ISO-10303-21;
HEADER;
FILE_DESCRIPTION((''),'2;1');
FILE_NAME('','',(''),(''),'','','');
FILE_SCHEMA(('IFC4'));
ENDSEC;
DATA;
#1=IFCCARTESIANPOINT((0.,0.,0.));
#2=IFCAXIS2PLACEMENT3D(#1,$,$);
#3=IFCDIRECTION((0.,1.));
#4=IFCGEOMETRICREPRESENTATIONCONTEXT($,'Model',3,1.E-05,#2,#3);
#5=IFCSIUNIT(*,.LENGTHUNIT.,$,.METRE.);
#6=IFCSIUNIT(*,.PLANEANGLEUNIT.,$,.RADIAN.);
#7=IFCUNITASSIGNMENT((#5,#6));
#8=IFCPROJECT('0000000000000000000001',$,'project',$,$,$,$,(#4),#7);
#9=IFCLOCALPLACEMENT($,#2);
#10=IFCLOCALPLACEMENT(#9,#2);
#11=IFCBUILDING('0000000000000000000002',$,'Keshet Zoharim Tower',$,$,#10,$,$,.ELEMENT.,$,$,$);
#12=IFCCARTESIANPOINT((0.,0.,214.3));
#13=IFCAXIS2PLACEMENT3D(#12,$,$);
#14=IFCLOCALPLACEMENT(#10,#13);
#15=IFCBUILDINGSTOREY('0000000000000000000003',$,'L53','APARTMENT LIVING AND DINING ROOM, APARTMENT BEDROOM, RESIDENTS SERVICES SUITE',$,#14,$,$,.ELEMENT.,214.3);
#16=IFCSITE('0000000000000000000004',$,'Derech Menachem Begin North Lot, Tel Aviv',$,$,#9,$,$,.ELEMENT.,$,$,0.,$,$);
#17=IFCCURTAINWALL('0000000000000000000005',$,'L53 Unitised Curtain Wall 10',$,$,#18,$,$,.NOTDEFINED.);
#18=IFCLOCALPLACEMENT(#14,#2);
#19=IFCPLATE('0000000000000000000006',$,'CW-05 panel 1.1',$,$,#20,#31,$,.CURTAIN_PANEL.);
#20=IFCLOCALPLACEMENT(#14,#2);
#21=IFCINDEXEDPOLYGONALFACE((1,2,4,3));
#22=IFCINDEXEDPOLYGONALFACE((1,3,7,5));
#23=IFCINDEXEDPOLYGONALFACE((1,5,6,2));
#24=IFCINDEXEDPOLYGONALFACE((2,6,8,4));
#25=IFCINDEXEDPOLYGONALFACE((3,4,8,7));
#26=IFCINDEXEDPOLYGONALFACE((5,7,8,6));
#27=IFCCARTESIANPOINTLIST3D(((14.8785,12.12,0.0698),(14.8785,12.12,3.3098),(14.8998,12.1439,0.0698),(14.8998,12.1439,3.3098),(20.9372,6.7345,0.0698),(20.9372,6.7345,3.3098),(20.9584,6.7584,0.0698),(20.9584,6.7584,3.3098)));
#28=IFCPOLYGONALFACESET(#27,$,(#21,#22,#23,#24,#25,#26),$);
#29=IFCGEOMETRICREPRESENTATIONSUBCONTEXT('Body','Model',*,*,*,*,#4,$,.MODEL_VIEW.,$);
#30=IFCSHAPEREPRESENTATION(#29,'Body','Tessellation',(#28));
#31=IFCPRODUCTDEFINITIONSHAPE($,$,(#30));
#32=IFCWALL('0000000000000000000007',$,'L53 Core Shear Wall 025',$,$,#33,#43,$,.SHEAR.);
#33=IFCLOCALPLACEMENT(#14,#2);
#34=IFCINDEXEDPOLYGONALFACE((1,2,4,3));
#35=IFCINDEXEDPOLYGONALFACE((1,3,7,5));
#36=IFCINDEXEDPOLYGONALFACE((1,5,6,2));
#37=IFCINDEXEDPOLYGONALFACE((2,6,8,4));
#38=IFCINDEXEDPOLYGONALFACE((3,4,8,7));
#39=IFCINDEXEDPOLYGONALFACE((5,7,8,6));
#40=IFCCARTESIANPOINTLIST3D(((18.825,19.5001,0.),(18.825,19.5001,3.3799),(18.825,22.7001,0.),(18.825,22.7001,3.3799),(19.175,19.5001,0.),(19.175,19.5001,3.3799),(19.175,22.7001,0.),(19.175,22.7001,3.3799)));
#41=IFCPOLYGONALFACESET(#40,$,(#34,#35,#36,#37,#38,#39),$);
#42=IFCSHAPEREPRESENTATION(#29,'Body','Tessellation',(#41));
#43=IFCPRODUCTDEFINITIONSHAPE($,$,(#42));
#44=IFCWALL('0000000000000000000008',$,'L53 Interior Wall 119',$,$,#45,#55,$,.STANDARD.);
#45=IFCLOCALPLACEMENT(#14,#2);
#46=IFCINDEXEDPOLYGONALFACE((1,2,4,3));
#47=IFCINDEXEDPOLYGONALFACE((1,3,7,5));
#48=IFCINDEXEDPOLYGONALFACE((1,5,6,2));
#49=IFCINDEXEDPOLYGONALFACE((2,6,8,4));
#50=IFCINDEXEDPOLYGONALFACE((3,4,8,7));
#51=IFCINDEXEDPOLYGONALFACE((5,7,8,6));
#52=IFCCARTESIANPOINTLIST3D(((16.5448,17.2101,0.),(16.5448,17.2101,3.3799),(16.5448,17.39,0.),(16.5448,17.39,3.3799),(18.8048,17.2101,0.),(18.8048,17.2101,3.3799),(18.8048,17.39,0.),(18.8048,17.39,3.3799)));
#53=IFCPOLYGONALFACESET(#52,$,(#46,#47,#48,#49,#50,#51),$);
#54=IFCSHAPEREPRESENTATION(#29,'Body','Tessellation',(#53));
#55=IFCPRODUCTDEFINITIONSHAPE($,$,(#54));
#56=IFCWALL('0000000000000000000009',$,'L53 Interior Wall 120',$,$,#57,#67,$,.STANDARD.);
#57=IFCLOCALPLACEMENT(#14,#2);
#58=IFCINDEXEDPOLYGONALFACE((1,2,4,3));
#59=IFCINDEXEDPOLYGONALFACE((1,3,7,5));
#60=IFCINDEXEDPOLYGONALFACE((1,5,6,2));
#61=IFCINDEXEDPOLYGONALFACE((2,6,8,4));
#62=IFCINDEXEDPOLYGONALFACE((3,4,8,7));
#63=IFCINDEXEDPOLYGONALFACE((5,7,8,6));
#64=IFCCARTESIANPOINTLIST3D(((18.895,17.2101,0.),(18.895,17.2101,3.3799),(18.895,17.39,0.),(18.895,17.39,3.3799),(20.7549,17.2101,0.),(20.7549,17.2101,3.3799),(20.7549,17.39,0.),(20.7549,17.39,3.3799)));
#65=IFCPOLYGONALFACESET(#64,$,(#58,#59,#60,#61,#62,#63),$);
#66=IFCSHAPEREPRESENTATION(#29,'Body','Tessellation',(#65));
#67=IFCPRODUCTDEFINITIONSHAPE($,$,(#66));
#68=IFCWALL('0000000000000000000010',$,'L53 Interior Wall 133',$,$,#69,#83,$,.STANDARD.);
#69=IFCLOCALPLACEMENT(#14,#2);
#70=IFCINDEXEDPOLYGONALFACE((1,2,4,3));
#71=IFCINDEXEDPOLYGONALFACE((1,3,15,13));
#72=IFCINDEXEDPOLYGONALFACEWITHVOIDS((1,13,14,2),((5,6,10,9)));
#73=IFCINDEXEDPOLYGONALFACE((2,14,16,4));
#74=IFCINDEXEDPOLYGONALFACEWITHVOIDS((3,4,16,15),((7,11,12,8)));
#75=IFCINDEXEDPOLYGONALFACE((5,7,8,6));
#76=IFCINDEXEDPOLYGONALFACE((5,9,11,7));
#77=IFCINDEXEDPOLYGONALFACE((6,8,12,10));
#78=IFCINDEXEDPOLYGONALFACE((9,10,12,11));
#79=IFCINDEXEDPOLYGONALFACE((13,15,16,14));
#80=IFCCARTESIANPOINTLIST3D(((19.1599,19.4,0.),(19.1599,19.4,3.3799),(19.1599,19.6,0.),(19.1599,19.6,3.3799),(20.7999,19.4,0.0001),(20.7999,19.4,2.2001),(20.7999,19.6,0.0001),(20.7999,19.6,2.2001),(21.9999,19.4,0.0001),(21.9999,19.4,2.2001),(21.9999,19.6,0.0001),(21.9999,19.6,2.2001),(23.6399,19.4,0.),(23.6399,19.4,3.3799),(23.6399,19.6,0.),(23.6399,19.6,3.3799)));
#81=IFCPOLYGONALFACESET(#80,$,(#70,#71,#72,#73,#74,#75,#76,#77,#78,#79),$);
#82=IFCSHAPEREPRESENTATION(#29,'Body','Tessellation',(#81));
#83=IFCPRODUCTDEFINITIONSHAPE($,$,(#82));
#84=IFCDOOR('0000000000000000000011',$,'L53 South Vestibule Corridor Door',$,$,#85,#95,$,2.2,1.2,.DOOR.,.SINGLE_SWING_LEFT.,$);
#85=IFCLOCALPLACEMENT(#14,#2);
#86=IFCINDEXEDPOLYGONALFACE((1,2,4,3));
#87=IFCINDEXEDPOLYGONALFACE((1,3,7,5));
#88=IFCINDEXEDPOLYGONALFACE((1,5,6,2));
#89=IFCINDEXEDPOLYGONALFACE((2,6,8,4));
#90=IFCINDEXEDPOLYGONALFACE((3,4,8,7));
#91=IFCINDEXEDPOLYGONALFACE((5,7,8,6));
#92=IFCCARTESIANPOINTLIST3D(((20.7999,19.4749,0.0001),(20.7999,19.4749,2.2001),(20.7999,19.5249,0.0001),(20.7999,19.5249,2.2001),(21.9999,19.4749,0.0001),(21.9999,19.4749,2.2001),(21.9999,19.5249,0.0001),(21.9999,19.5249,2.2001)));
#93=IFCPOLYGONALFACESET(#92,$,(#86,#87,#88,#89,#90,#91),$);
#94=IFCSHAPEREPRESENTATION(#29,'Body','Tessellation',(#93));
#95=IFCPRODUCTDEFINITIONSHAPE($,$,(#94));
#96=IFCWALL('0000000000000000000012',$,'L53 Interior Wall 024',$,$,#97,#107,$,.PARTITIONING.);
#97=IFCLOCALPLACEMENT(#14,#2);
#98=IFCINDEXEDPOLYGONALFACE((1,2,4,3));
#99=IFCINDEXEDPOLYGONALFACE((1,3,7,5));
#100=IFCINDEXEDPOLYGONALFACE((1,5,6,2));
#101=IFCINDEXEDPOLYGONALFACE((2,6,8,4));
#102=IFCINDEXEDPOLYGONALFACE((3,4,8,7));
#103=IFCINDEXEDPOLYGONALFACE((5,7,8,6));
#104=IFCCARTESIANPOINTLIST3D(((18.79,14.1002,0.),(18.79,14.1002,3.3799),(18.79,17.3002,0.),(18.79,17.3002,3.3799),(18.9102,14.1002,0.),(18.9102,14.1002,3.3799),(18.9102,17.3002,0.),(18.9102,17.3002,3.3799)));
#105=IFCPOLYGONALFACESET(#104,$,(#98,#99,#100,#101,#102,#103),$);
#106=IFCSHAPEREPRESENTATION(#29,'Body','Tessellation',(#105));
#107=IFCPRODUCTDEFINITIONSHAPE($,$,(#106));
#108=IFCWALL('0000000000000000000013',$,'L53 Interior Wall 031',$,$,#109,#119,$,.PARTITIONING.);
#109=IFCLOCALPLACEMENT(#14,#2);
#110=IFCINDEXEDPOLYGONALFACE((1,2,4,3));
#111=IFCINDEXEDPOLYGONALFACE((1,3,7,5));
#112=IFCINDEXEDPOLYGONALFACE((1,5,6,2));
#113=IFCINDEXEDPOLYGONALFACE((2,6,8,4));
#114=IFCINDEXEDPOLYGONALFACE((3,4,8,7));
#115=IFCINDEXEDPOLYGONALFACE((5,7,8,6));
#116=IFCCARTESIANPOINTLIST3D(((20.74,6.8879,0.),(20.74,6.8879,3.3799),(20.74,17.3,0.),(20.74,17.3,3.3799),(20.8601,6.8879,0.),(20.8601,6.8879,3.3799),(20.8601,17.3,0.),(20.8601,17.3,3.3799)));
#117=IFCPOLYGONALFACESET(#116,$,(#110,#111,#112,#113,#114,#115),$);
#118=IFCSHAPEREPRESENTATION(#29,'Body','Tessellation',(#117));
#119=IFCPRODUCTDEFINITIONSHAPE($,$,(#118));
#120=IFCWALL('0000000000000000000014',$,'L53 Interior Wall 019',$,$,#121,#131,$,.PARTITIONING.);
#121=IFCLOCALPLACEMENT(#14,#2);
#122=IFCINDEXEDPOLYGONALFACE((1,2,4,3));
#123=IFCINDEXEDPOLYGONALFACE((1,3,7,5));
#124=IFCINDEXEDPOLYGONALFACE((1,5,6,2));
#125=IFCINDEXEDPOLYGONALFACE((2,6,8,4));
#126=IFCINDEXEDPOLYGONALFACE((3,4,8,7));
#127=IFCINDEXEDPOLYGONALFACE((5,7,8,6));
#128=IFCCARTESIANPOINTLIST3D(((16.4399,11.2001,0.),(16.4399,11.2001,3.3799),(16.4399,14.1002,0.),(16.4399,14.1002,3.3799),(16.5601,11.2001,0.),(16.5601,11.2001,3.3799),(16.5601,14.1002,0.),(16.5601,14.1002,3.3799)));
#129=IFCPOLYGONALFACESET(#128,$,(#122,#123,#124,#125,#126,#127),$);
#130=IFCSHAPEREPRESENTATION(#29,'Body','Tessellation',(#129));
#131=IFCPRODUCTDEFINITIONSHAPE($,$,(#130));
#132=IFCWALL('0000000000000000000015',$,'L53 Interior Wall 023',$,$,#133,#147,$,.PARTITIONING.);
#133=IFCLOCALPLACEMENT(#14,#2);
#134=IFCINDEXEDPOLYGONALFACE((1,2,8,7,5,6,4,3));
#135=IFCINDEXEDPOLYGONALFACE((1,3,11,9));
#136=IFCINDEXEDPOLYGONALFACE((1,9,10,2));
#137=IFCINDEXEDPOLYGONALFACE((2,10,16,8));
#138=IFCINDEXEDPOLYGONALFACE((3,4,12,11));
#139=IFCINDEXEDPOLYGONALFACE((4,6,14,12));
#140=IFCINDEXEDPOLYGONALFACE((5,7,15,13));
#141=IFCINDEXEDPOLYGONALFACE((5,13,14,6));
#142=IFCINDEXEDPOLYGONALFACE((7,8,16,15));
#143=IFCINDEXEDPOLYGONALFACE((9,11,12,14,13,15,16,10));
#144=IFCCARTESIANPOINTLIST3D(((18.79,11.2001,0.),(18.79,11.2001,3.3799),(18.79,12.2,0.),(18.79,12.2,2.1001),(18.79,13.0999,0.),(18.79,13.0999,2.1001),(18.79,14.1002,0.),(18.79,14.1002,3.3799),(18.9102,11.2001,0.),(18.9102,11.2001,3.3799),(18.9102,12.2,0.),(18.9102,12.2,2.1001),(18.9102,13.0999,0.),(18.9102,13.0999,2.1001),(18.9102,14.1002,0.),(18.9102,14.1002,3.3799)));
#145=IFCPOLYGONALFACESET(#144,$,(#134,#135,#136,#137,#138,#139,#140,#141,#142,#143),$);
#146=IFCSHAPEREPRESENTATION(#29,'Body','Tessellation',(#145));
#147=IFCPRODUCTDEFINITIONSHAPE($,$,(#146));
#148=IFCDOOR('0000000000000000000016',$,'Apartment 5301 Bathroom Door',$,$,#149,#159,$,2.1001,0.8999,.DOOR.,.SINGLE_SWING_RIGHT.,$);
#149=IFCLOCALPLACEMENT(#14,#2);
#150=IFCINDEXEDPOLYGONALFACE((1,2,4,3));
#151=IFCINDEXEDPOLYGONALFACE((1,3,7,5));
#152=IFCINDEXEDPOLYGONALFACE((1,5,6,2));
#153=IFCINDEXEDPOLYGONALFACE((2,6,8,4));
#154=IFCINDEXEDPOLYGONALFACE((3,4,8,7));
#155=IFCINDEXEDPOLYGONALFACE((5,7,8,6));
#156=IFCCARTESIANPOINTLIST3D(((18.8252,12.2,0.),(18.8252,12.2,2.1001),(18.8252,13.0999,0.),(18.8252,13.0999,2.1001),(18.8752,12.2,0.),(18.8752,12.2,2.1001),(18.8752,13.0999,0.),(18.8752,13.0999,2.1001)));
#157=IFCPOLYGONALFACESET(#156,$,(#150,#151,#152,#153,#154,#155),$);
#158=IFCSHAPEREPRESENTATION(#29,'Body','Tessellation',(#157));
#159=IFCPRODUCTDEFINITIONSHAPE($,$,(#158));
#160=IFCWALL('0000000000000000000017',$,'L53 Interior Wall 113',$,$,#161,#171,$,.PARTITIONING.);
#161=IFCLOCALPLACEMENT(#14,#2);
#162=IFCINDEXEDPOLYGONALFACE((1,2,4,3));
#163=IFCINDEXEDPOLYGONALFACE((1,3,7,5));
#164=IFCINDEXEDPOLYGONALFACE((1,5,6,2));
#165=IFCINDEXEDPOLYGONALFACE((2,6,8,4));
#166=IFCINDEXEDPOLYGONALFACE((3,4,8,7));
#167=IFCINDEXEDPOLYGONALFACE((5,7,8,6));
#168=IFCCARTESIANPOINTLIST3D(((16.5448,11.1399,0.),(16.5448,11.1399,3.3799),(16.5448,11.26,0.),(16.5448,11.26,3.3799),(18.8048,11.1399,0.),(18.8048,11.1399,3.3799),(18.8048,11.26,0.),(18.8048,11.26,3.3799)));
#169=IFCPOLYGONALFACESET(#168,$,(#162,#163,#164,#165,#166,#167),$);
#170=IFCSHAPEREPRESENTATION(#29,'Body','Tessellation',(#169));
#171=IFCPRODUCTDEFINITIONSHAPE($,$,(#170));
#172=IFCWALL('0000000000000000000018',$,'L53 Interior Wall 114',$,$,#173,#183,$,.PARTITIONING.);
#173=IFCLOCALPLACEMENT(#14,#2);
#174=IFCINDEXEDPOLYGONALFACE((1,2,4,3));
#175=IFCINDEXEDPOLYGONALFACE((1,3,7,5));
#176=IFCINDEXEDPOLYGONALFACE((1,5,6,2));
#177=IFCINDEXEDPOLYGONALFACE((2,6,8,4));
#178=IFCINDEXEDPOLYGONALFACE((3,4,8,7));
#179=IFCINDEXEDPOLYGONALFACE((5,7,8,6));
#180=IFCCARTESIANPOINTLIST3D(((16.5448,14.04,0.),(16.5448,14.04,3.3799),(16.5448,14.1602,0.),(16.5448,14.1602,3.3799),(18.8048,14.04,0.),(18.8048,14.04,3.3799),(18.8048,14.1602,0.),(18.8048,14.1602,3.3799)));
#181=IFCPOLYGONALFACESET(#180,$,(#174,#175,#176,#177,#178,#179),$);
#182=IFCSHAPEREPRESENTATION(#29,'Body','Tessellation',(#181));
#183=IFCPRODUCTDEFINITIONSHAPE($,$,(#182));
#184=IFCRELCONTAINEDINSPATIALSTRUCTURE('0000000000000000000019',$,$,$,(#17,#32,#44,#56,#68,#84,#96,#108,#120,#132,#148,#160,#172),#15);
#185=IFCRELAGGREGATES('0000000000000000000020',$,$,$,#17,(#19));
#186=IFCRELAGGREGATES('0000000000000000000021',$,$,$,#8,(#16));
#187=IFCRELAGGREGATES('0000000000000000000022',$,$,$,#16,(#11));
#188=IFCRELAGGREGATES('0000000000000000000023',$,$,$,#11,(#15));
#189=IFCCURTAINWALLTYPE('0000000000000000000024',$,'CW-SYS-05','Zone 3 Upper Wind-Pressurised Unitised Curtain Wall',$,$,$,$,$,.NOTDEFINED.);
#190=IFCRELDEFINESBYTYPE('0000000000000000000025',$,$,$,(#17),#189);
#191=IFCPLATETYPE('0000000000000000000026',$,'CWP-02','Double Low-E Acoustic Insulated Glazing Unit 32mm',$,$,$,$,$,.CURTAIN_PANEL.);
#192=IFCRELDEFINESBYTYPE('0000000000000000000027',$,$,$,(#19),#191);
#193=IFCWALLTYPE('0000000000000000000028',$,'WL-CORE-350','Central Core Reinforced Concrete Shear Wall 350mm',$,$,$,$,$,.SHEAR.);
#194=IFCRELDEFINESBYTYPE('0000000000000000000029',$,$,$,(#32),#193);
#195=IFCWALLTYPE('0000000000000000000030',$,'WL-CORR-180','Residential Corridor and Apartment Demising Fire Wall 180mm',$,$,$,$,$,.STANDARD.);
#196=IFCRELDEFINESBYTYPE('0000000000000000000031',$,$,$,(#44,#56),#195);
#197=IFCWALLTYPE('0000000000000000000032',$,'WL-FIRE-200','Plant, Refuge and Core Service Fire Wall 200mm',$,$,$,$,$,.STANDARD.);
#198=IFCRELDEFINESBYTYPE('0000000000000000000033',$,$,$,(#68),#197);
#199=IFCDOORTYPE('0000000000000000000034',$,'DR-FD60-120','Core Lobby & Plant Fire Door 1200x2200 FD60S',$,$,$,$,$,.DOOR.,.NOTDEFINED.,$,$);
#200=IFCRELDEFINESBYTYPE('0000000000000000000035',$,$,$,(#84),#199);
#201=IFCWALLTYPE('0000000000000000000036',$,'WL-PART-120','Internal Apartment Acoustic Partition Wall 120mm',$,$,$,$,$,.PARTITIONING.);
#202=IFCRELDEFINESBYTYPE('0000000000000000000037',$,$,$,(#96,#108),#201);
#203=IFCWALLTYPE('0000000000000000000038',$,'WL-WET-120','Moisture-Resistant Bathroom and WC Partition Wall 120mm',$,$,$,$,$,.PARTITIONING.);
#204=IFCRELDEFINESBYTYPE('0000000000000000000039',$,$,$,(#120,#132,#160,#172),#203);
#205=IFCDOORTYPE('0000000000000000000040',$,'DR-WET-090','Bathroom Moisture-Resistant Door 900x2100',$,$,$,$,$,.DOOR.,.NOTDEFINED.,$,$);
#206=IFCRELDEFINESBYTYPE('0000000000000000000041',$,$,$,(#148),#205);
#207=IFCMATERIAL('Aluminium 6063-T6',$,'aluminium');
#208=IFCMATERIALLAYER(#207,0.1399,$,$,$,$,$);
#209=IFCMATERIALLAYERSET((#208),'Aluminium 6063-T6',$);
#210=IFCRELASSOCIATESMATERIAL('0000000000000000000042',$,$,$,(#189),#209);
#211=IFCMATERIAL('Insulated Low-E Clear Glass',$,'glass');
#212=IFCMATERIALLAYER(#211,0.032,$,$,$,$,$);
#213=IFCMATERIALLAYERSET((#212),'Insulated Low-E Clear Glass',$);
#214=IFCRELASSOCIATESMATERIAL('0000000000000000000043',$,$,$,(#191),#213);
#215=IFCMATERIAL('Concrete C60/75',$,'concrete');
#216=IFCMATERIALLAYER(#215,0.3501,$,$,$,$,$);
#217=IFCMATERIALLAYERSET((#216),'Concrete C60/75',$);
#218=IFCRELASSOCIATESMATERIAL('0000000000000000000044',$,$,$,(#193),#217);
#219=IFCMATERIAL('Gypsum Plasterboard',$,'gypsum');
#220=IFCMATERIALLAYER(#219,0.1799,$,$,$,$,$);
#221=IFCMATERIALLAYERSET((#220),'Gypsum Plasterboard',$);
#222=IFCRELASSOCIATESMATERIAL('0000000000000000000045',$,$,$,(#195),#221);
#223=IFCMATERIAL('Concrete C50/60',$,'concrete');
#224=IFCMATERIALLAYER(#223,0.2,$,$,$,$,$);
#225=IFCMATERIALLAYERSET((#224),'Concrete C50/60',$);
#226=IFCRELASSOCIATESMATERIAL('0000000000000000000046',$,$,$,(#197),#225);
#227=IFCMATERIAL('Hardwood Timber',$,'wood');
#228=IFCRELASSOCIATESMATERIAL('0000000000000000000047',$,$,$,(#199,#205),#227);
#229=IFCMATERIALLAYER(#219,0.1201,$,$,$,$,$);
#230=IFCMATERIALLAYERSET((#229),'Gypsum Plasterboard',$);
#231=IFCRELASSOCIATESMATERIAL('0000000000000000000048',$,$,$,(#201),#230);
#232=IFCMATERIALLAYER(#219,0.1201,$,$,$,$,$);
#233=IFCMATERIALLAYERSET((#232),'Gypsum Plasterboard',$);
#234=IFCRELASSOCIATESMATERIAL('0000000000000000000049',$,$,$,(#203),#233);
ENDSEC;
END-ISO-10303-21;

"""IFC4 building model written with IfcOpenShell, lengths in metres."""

from ifc_helpers import new_model, si_unit, direction, frame, frame_2d, origin, origin_2d, place, context, subcontext, project, spatial, rectangle, extrude, material, layer, layer_set, type_object, element, fill, aggregate, save


model = new_model("IFC4")

# Units and contexts
model_context = context("Model", 3, precision=1e-05, world=origin(), true_north=direction((0.0, 1.0)))
body_context = subcontext(model_context, "Body", "Model", "MODEL_VIEW")
ifc_project = project(units=[si_unit("LENGTHUNIT", "METRE"), si_unit("PLANEANGLEUNIT", "RADIAN")], contexts=[model_context])

# Site, building, storey
site_placement = place(None, origin())
site = spatial("IfcSite", under=ifc_project, at=site_placement, Name="Derech Menachem Begin North Lot, Tel Aviv", CompositionType="ELEMENT", RefElevation=0.0)
building_placement = place(site_placement, origin())
building = spatial("IfcBuilding", under=site, at=building_placement, Name="Keshet Zoharim Tower", CompositionType="ELEMENT")
storey_placement = place(building_placement, frame((0.0, 0.0, 214.3)))
storey = spatial("IfcBuildingStorey", under=building, at=storey_placement, Name="L53", Description="APARTMENT LIVING AND DINING ROOM, APARTMENT BEDROOM, RESIDENTS SERVICES SUITE", CompositionType="ELEMENT", Elevation=214.3)

# Curtain wall, plate
ifc_material_1 = material(Name="Aluminium 6063-T6", Category="aluminium")
ifc_layer_1 = layer(ifc_material_1, 0.1399)
ifc_layer_set_1 = layer_set([ifc_layer_1], Name="Aluminium 6063-T6")
curtain_wall_type = type_object("IfcCurtainWallType", Name="CW-SYS-05", Description="Zone 3 Upper Wind-Pressurised Unitised Curtain Wall", PredefinedType="NOTDEFINED", material=ifc_layer_set_1)
curtain_wall_placement = place(storey_placement, origin())
curtain_wall = element("IfcCurtainWall", 1, at=curtain_wall_placement, inside=storey, type_object=curtain_wall_type, Name="L53 Unitised Curtain Wall 10", PredefinedType="NOTDEFINED")
ifc_material_2 = material(Name="Insulated Low-E Clear Glass", Category="glass")
ifc_layer_2 = layer(ifc_material_2, 0.032)
ifc_layer_set_2 = layer_set([ifc_layer_2], Name="Insulated Low-E Clear Glass")
plate_type = type_object("IfcPlateType", Name="CWP-02", Description="Double Low-E Acoustic Insulated Glazing Unit 32mm", PredefinedType="CURTAIN_PANEL", material=ifc_layer_set_2)
plate_placement = place(storey_placement, frame((17.9185, 9.4392, 0.0698), z_axis=(0.0, 0.0, 1.0), x_axis=(-0.747409, 0.664364, 0.0)))
plate = element("IfcPlate", 2, at=plate_placement, type_object=plate_type, Name="CW-05 panel 1.1", PredefinedType="CURTAIN_PANEL", context=body_context, shape_type="SweptSolid", body=[
    extrude(rectangle(XDim=8.1062, YDim=0.032, at=origin_2d()), origin(), (0.0, 0.0, 1.0), 3.24),
])
aggregate(curtain_wall, [plate])

# Shared definitions
ifc_material_3 = material(Name="Gypsum Plasterboard", Category="gypsum")
ifc_material_4 = material(Name="Hardwood Timber", Category="wood")

# Walls
ifc_material_5 = material(Name="Concrete C60/75", Category="concrete")
ifc_layer_3 = layer(ifc_material_5, 0.3501)
ifc_layer_set_3 = layer_set([ifc_layer_3], Name="Concrete C60/75")
wall_type_1 = type_object("IfcWallType", Name="WL-CORE-350", Description="Central Core Reinforced Concrete Shear Wall 350mm", PredefinedType="SHEAR", material=ifc_layer_set_3)
wall_1_placement = place(storey_placement, frame((19.0, 19.5, 0.0), z_axis=(0.0, 0.0, 1.0), x_axis=(0.0, 1.0, 0.0)))
element("IfcWall", 3, at=wall_1_placement, inside=storey, type_object=wall_type_1, Name="L53 Core Shear Wall 025", PredefinedType="SHEAR", context=body_context, shape_type="SweptSolid", body=[
    extrude(rectangle(XDim=3.2, YDim=0.3501, at=frame_2d((1.6001, 0.0))), origin(), (0.0, 0.0, 1.0), 3.3799),
])
ifc_layer_4 = layer(ifc_material_3, 0.1799)
ifc_layer_set_4 = layer_set([ifc_layer_4], Name="Gypsum Plasterboard")
wall_type_2 = type_object("IfcWallType", Name="WL-CORR-180", Description="Residential Corridor and Apartment Demising Fire Wall 180mm", PredefinedType="STANDARD", material=ifc_layer_set_4)
wall_2_placement = place(storey_placement, frame((16.5449, 17.3, 0.0), z_axis=(0.0, 0.0, 1.0), x_axis=(1.0, 0.0, 0.0)))
element("IfcWall", 4, at=wall_2_placement, inside=storey, type_object=wall_type_2, Name="L53 Interior Wall 119", PredefinedType="STANDARD", context=body_context, shape_type="SweptSolid", body=[
    extrude(rectangle(XDim=2.26, YDim=0.1799, at=frame_2d((1.1299, 0.0))), origin(), (0.0, 0.0, 1.0), 3.3799),
])
wall_3_placement = place(storey_placement, frame((18.895, 17.3, 0.0), z_axis=(0.0, 0.0, 1.0), x_axis=(1.0, 0.0, 0.0)))
element("IfcWall", 5, at=wall_3_placement, inside=storey, type_object=wall_type_2, Name="L53 Interior Wall 120", PredefinedType="STANDARD", context=body_context, shape_type="SweptSolid", body=[
    extrude(rectangle(XDim=1.8599, YDim=0.1799, at=frame_2d((0.9299, 0.0))), origin(), (0.0, 0.0, 1.0), 3.3799),
])

# Wall, opening, door
ifc_material_6 = material(Name="Concrete C50/60", Category="concrete")
ifc_layer_5 = layer(ifc_material_6, 0.2)
ifc_layer_set_5 = layer_set([ifc_layer_5], Name="Concrete C50/60")
wall_type_3 = type_object("IfcWallType", Name="WL-FIRE-200", Description="Plant, Refuge and Core Service Fire Wall 200mm", PredefinedType="STANDARD", material=ifc_layer_set_5)
wall_4_placement = place(storey_placement, frame((19.1599, 19.5, 0.0), z_axis=(0.0, 0.0, 1.0), x_axis=(1.0, 0.0, 0.0)))
wall_4 = element("IfcWall", 6, at=wall_4_placement, inside=storey, type_object=wall_type_3, Name="L53 Interior Wall 133", PredefinedType="STANDARD", context=body_context, shape_type="SweptSolid", body=[
    extrude(rectangle(XDim=4.48, YDim=0.2, at=frame_2d((2.24, 0.0))), origin(), (0.0, 0.0, 1.0), 3.3799),
])
opening_1_placement = place(wall_4_placement, frame((1.6399, 0.0, 0.0)))
opening_1 = element("IfcOpeningElement", 7, at=opening_1_placement, cuts=wall_4, PredefinedType="OPENING", context=body_context, shape_type="SweptSolid", body=[
    extrude(rectangle(XDim=1.2, YDim=2.2, at=frame_2d((0.6001, 1.1001))), frame((0.0, 0.1099, 0.0), z_axis=(0.0, -1.0, 0.0), x_axis=(1.0, 0.0, 0.0)), (0.0, 0.0, 1.0), 0.22),
])
door_type_1 = type_object("IfcDoorType", Name="DR-FD60-120", Description="Core Lobby & Plant Fire Door 1200x2200 FD60S", OperationType="NOTDEFINED", PredefinedType="DOOR", material=ifc_material_4)
door_1_placement = place(opening_1_placement, origin())
door_1 = element("IfcDoor", 8, at=door_1_placement, inside=storey, type_object=door_type_1, Name="L53 South Vestibule Corridor Door", OperationType="SINGLE_SWING_LEFT", OverallHeight=2.2, OverallWidth=1.2, PredefinedType="DOOR", context=body_context, shape_type="SweptSolid", body=[
    extrude(rectangle(XDim=1.2, YDim=2.2, at=frame_2d((0.6001, 1.1001))), frame((0.0, 0.0249, 0.0), z_axis=(0.0, -1.0, 0.0), x_axis=(1.0, 0.0, 0.0)), (0.0, 0.0, 1.0), 0.05),
])
fill(opening_1, door_1)
ifc_layer_6 = layer(ifc_material_3, 0.1201)
ifc_layer_set_6 = layer_set([ifc_layer_6], Name="Gypsum Plasterboard")
wall_type_4 = type_object("IfcWallType", Name="WL-PART-120", Description="Internal Apartment Acoustic Partition Wall 120mm", PredefinedType="PARTITIONING", material=ifc_layer_set_6)

# Walls
wall_5_placement = place(storey_placement, frame((18.8501, 14.1001, 0.0), z_axis=(0.0, 0.0, 1.0), x_axis=(0.0, 1.0, 0.0)))
element("IfcWall", 9, at=wall_5_placement, inside=storey, type_object=wall_type_4, Name="L53 Interior Wall 024", PredefinedType="PARTITIONING", context=body_context, shape_type="SweptSolid", body=[
    extrude(rectangle(XDim=3.2, YDim=0.1201, at=frame_2d((1.6001, 0.0))), origin(), (0.0, 0.0, 1.0), 3.3799),
])
wall_6_placement = place(storey_placement, frame((20.8, 6.8879, 0.0), z_axis=(0.0, 0.0, 1.0), x_axis=(0.0, 1.0, 0.0)))
element("IfcWall", 10, at=wall_6_placement, inside=storey, type_object=wall_type_4, Name="L53 Interior Wall 031", PredefinedType="PARTITIONING", context=body_context, shape_type="SweptSolid", body=[
    extrude(rectangle(XDim=10.4121, YDim=0.1201, at=frame_2d((5.2061, 0.0))), origin(), (0.0, 0.0, 1.0), 3.3799),
])
ifc_layer_7 = layer(ifc_material_3, 0.1201)
ifc_layer_set_7 = layer_set([ifc_layer_7], Name="Gypsum Plasterboard")
wall_type_5 = type_object("IfcWallType", Name="WL-WET-120", Description="Moisture-Resistant Bathroom and WC Partition Wall 120mm", PredefinedType="PARTITIONING", material=ifc_layer_set_7)
wall_7_placement = place(storey_placement, frame((16.5, 11.2, 0.0), z_axis=(0.0, 0.0, 1.0), x_axis=(0.0, 1.0, 0.0)))
element("IfcWall", 11, at=wall_7_placement, inside=storey, type_object=wall_type_5, Name="L53 Interior Wall 019", PredefinedType="PARTITIONING", context=body_context, shape_type="SweptSolid", body=[
    extrude(rectangle(XDim=2.9001, YDim=0.1201, at=frame_2d((1.4502, 0.0))), origin(), (0.0, 0.0, 1.0), 3.3799),
])

# Wall, opening, door
wall_8_placement = place(storey_placement, frame((18.8501, 11.2, 0.0), z_axis=(0.0, 0.0, 1.0), x_axis=(0.0, 1.0, 0.0)))
wall_8 = element("IfcWall", 12, at=wall_8_placement, inside=storey, type_object=wall_type_5, Name="L53 Interior Wall 023", PredefinedType="PARTITIONING", context=body_context, shape_type="SweptSolid", body=[
    extrude(rectangle(XDim=2.9001, YDim=0.1201, at=frame_2d((1.4502, 0.0))), origin(), (0.0, 0.0, 1.0), 3.3799),
])
opening_2_placement = place(wall_8_placement, frame((1.0, 0.0, 0.0)))
opening_2 = element("IfcOpeningElement", 13, at=opening_2_placement, cuts=wall_8, PredefinedType="OPENING", context=body_context, shape_type="SweptSolid", body=[
    extrude(rectangle(XDim=0.8999, YDim=2.1001, at=frame_2d((0.45, 1.05))), frame((0.0, 0.0701, 0.0), z_axis=(0.0, -1.0, 0.0), x_axis=(1.0, 0.0, 0.0)), (0.0, 0.0, 1.0), 0.1401),
])
door_type_2 = type_object("IfcDoorType", Name="DR-WET-090", Description="Bathroom Moisture-Resistant Door 900x2100", OperationType="NOTDEFINED", PredefinedType="DOOR", material=ifc_material_4)
door_2_placement = place(opening_2_placement, origin())
door_2 = element("IfcDoor", 14, at=door_2_placement, inside=storey, type_object=door_type_2, Name="Apartment 5301 Bathroom Door", OperationType="SINGLE_SWING_RIGHT", OverallHeight=2.1001, OverallWidth=0.8999, PredefinedType="DOOR", context=body_context, shape_type="SweptSolid", body=[
    extrude(rectangle(XDim=0.8999, YDim=2.1001, at=frame_2d((0.45, 1.05))), frame((0.0, 0.0249, 0.0), z_axis=(0.0, -1.0, 0.0), x_axis=(1.0, 0.0, 0.0)), (0.0, 0.0, 1.0), 0.05),
])
fill(opening_2, door_2)

# Walls
for number, where, z_axis, x_axis, name in (
    (15, (16.5449, 11.2, 0.0), (0.0, 0.0, 1.0), (1.0, 0.0, 0.0), "L53 Interior Wall 113"),
    (16, (16.5449, 14.1001, 0.0), (0.0, 0.0, 1.0), (1.0, 0.0, 0.0), "L53 Interior Wall 114"),
):
    element("IfcWall", number, at=place(storey_placement, frame(where, z_axis=z_axis, x_axis=x_axis)), inside=storey, type_object=wall_type_5, Name=name, PredefinedType="PARTITIONING", context=body_context, shape_type="SweptSolid", body=[
        extrude(rectangle(XDim=2.26, YDim=0.1201, at=frame_2d((1.1299, 0.0))), origin(), (0.0, 0.0, 1.0), 3.3799),
    ])

save(model, "model.ifc")
